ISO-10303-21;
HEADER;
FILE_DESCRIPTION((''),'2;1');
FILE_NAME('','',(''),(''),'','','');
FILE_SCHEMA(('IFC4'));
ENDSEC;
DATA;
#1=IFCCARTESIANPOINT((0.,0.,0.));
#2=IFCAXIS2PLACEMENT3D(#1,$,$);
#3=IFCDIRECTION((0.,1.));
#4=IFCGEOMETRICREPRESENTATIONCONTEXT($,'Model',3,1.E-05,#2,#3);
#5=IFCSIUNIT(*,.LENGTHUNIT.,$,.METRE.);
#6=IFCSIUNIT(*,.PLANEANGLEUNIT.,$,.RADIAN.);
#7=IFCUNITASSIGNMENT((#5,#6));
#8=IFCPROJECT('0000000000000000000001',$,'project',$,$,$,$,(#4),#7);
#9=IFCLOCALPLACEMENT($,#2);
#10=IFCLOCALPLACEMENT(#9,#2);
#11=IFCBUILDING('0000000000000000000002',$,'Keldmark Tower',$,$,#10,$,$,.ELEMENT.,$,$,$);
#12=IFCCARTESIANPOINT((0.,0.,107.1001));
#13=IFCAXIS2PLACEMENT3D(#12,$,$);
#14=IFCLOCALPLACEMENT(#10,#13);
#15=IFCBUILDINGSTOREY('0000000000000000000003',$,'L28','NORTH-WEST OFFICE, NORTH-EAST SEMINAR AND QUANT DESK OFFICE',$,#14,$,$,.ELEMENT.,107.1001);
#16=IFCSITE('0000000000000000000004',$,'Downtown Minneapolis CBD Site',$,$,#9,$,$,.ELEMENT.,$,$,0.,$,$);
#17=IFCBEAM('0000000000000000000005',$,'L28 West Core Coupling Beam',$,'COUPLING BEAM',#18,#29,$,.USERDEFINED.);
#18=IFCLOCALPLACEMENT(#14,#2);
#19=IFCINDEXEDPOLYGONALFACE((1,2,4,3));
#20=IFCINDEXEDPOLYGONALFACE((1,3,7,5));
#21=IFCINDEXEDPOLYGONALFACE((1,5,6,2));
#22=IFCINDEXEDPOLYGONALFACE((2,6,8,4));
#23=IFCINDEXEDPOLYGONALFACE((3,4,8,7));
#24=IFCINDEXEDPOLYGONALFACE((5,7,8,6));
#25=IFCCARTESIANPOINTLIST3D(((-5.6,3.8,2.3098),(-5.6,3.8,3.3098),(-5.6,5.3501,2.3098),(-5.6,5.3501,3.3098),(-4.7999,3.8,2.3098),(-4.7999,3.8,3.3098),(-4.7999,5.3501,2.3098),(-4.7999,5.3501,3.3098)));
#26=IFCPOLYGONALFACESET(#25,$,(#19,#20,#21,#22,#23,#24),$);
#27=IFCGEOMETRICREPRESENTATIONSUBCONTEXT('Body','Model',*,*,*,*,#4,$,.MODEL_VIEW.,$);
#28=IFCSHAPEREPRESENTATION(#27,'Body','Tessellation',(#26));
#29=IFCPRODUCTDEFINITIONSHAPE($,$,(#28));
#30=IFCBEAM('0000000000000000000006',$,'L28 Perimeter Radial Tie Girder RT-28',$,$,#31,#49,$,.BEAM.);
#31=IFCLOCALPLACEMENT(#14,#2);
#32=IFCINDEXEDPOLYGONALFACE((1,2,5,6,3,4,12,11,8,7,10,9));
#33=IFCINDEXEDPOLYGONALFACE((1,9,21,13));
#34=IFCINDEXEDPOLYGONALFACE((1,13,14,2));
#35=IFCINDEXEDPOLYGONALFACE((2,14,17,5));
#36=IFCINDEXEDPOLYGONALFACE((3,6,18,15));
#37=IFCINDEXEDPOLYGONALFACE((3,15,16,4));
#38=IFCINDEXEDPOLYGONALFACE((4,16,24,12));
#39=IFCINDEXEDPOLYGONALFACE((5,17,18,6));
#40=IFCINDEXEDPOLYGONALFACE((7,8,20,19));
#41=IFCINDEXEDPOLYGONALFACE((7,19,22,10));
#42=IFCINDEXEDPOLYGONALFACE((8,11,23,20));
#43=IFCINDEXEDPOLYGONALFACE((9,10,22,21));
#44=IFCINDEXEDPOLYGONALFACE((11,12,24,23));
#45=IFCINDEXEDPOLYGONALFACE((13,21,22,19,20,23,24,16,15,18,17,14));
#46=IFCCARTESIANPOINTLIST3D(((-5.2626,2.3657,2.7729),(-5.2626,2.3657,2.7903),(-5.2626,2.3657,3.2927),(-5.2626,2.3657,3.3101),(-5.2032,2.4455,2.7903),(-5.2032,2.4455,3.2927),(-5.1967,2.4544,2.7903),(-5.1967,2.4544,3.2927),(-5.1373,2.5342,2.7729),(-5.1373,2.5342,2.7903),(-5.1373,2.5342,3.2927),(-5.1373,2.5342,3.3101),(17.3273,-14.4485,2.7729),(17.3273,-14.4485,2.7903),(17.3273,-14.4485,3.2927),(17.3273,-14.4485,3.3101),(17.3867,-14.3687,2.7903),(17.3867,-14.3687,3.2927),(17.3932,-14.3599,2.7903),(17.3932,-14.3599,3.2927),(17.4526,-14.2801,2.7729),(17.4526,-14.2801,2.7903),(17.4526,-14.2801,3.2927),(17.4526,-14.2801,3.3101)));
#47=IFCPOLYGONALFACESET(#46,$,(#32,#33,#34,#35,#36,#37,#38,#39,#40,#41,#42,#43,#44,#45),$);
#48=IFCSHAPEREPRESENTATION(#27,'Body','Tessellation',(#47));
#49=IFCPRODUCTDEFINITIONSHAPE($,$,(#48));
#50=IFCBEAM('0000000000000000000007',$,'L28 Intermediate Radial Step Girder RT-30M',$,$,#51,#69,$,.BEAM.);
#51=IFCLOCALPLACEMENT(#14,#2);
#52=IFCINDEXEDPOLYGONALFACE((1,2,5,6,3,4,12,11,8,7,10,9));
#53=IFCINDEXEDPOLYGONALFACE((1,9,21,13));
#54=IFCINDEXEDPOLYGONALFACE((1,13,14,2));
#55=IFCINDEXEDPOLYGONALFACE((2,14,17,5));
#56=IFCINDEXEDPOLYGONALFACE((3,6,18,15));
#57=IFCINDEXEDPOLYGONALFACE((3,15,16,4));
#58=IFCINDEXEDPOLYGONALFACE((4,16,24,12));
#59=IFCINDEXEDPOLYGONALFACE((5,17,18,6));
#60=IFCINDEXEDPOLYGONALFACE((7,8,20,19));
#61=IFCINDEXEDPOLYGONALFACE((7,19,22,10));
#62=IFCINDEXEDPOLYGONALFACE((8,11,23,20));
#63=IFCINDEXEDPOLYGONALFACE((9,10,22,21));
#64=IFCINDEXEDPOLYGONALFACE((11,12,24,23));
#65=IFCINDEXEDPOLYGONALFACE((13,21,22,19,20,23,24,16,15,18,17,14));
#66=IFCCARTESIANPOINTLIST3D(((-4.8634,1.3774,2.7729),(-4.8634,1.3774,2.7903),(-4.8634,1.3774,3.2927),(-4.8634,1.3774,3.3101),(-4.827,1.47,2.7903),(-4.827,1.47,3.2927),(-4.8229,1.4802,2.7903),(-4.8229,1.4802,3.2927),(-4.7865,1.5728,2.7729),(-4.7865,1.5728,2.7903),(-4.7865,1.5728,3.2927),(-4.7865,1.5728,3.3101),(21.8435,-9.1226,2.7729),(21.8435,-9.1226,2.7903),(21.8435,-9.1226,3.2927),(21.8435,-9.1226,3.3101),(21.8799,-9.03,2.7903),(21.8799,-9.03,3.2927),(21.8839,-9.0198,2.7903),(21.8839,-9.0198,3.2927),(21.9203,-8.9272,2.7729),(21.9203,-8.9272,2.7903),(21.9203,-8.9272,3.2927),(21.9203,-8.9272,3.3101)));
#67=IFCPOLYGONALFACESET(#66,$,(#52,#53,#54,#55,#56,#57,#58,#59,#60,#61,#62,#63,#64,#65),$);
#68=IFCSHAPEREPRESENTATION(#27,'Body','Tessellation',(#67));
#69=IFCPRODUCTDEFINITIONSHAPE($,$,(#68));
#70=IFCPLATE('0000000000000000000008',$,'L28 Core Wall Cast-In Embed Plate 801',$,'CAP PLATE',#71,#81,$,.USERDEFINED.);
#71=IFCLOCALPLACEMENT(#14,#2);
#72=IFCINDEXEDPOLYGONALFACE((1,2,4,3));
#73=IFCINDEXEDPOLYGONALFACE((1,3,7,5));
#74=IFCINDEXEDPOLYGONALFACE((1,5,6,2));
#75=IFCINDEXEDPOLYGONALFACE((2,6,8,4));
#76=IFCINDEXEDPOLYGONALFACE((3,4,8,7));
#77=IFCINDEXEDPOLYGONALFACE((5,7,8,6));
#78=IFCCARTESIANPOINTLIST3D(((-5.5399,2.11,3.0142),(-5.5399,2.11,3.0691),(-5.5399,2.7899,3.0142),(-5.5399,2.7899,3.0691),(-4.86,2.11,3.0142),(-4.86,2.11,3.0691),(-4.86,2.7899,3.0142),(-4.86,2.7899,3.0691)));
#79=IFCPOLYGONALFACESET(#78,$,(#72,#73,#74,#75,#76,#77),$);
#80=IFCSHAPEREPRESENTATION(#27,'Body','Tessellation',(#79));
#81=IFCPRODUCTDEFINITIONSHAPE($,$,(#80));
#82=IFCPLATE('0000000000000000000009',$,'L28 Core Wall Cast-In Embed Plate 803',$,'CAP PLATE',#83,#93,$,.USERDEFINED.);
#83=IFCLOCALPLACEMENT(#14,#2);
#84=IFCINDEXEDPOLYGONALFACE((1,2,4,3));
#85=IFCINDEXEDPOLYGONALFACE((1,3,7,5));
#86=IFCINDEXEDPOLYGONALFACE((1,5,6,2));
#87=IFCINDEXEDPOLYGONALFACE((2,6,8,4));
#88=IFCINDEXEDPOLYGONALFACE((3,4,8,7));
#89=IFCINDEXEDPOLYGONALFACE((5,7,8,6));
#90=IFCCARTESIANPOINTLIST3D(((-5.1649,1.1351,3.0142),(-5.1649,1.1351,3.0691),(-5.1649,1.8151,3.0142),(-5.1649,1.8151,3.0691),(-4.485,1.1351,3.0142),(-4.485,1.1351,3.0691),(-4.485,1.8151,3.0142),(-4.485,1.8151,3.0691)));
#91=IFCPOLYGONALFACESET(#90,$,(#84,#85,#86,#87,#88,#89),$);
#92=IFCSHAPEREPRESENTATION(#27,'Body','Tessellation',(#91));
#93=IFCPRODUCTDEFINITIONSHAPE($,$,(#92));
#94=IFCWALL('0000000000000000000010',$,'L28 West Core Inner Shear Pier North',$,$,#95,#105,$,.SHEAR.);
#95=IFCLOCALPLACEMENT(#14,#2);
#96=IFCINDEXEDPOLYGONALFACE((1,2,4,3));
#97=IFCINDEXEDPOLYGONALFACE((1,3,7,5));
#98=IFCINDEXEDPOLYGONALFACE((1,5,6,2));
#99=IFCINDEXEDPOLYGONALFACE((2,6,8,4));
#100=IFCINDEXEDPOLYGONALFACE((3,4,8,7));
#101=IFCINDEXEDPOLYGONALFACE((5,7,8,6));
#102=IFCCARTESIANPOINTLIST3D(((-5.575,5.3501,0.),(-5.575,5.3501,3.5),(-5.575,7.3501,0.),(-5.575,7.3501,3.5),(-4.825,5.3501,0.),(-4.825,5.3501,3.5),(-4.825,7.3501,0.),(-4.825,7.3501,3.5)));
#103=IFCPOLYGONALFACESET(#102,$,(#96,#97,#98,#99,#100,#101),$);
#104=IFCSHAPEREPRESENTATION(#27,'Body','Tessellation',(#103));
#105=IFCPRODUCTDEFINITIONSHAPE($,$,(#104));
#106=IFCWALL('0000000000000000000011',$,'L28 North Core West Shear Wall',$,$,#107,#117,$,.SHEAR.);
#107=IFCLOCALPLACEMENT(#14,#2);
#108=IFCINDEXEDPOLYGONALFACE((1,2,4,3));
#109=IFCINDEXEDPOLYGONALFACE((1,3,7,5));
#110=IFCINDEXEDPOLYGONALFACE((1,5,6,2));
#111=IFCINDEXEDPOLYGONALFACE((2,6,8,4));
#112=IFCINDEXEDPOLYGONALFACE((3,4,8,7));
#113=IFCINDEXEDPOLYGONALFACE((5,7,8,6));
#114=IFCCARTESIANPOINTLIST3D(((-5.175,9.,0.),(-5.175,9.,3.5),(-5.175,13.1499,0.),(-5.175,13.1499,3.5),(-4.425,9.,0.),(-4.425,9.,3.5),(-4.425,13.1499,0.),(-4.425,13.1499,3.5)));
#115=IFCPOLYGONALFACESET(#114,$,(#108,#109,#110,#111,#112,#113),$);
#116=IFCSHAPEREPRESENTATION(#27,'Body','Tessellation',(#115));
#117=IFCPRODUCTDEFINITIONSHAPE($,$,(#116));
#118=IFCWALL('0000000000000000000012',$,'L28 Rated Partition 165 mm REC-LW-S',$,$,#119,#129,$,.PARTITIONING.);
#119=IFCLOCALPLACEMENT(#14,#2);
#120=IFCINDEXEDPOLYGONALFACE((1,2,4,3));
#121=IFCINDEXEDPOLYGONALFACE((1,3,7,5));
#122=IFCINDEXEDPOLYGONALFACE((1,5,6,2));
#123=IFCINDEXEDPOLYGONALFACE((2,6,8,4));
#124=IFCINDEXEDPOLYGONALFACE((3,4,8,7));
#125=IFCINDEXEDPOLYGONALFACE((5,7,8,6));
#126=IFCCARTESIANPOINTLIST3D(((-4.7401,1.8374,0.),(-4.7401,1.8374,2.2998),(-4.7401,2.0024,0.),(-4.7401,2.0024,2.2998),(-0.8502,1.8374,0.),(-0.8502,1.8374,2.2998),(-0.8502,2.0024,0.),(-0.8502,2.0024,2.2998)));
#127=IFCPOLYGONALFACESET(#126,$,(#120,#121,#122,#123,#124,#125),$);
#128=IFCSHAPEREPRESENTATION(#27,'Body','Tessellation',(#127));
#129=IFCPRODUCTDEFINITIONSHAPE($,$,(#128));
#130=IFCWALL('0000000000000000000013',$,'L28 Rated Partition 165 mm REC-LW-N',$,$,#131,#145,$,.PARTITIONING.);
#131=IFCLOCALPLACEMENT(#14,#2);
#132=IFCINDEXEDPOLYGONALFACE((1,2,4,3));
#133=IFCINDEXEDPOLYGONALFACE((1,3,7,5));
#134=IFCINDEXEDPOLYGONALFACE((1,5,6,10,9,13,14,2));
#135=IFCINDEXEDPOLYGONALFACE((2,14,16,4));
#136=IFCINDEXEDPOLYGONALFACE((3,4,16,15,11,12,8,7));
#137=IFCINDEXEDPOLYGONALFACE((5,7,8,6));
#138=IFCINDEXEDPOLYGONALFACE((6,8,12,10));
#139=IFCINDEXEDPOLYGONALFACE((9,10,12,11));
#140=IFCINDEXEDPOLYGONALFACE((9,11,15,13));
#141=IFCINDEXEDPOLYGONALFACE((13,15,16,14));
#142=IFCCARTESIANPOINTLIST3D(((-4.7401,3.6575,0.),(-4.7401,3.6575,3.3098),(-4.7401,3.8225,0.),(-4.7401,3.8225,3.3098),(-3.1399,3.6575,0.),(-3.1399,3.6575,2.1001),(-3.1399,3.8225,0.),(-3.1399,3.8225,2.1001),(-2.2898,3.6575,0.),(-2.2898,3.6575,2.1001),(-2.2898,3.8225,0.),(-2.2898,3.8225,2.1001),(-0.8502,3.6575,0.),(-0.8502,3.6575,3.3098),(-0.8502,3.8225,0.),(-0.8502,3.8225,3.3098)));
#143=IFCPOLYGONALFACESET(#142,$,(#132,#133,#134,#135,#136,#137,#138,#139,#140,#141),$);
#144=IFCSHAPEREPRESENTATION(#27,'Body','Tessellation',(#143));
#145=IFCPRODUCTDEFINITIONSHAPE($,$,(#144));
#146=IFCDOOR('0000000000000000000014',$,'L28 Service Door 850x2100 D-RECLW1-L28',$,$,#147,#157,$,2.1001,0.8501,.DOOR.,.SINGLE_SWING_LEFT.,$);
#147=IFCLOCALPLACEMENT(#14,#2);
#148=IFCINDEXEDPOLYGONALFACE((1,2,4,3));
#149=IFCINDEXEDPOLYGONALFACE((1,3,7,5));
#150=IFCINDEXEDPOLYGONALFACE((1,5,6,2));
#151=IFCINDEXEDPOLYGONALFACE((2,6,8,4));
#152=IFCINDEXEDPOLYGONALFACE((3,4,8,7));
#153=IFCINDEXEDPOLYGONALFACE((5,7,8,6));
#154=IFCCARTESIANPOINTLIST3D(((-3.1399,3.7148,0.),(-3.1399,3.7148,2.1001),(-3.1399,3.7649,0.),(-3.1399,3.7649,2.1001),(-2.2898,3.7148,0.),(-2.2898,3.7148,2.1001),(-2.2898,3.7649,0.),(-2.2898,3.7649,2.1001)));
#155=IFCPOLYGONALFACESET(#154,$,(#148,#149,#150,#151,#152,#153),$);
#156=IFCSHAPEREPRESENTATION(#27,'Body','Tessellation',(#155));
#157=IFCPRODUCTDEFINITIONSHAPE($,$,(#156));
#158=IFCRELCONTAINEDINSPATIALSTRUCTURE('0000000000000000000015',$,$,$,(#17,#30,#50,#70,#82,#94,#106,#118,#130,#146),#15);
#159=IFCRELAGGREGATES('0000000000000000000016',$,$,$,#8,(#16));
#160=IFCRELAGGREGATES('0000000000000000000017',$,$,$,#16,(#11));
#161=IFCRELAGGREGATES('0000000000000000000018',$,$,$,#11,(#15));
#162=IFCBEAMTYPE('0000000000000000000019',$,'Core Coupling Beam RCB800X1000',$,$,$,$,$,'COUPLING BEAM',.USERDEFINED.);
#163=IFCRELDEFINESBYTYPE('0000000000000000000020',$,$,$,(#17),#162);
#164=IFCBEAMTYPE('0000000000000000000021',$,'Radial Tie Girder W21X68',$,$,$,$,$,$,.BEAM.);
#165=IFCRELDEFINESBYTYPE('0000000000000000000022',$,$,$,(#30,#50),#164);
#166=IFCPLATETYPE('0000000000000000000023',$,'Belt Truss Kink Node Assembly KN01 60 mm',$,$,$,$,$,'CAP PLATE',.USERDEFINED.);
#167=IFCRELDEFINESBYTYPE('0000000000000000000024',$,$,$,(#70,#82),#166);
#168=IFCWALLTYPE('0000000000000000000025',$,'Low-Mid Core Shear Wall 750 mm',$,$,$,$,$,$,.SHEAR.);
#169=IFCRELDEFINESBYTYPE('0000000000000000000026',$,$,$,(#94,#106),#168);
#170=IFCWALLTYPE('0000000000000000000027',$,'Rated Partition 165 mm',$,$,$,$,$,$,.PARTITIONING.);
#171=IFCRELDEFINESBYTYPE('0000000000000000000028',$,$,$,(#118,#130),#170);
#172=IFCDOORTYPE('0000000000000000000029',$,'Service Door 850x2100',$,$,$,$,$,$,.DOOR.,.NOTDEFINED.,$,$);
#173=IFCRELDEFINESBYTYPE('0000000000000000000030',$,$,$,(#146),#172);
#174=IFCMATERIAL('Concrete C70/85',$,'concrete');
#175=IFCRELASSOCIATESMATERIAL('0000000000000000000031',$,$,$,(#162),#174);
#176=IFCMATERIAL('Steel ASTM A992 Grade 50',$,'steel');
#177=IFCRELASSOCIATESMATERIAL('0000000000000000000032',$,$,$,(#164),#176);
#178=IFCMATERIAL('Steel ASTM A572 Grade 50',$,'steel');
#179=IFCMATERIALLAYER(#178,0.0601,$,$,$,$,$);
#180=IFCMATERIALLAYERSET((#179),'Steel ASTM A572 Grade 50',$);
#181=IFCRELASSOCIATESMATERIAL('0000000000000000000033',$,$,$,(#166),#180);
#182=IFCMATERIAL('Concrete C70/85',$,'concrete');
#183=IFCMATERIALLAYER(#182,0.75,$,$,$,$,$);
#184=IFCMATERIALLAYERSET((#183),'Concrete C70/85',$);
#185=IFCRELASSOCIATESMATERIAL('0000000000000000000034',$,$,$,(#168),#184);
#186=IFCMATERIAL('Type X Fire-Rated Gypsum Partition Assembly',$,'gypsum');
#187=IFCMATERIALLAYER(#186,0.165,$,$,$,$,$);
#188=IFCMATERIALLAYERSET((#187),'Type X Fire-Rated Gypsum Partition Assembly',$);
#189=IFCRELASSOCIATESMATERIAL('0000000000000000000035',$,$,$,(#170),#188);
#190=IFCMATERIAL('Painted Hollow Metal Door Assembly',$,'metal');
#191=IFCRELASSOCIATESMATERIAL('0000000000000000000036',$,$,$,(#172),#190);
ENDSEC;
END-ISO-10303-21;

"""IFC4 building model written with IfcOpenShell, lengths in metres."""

from ifc_helpers import new_model, si_unit, direction, frame, frame_2d, origin, origin_2d, place, context, subcontext, project, spatial, rectangle, i_section, extrude, material, layer, layer_set, material_profile, profile_set, type_object, element, fill, save


model = new_model("IFC4")

# Units and contexts
model_context = context("Model", 3, precision=1e-05, world=origin(), true_north=direction((0.0, 1.0)))
body_context = subcontext(model_context, "Body", "Model", "MODEL_VIEW")
ifc_project = project(units=[si_unit("LENGTHUNIT", "METRE"), si_unit("PLANEANGLEUNIT", "RADIAN")], contexts=[model_context])

# Site, building, storey
site_placement = place(None, origin())
site = spatial("IfcSite", under=ifc_project, at=site_placement, Name="Downtown Minneapolis CBD Site", CompositionType="ELEMENT", RefElevation=0.0)
building_placement = place(site_placement, origin())
building = spatial("IfcBuilding", under=site, at=building_placement, Name="Keldmark Tower", CompositionType="ELEMENT")
storey_placement = place(building_placement, frame((0.0, 0.0, 107.1001)))
storey = spatial("IfcBuildingStorey", under=building, at=storey_placement, Name="L28", Description="NORTH-WEST OFFICE, NORTH-EAST SEMINAR AND QUANT DESK OFFICE", CompositionType="ELEMENT", Elevation=107.1001)

# Beams
ifc_material_1 = material(Name="Concrete C70/85", Category="concrete")
ifc_material_profile_1 = material_profile(ifc_material_1, rectangle(XDim=0.8, YDim=1.0, at=origin_2d()), Name="RCB800X1000")
ifc_profile_set_1 = profile_set([ifc_material_profile_1], Name="Concrete C70/85")
beam_type_1 = type_object("IfcBeamType", Name="Core Coupling Beam RCB800X1000", ElementType="COUPLING BEAM", PredefinedType="USERDEFINED", material=ifc_profile_set_1)
beam_1_placement = place(storey_placement, frame((-5.2, 3.8, 2.8098), z_axis=(0.0, 1.0, 0.0), x_axis=(-1.0, 0.0, 0.0)))
element("IfcBeam", 1, at=beam_1_placement, inside=storey, type_object=beam_type_1, Name="L28 West Core Coupling Beam", ObjectType="COUPLING BEAM", PredefinedType="USERDEFINED", context=body_context, shape_type="SweptSolid", body=[
    extrude(rectangle(XDim=0.8, YDim=1.0, at=origin_2d()), origin(), (0.0, 0.0, 1.0), 1.55),
])
ifc_material_2 = material(Name="Steel ASTM A992 Grade 50", Category="steel")
ifc_material_profile_2 = material_profile(ifc_material_2, i_section(OverallWidth=0.21, OverallDepth=0.5371, WebThickness=0.011, FlangeThickness=0.0173, at=origin_2d()), Name="W21X68")
ifc_profile_set_2 = profile_set([ifc_material_profile_2], Name="Steel ASTM A992 Grade 50")
beam_type_2 = type_object("IfcBeamType", Name="Radial Tie Girder W21X68", PredefinedType="BEAM", material=ifc_profile_set_2)
beam_2_placement = place(storey_placement, frame((-5.2, 2.45, 3.0415), z_axis=(0.802179, -0.597083, 0.0), x_axis=(0.597083, 0.802179, 0.0)))
element("IfcBeam", 2, at=beam_2_placement, inside=storey, type_object=beam_type_2, Name="L28 Perimeter Radial Tie Girder RT-28", PredefinedType="BEAM", context=body_context, shape_type="SweptSolid", body=[
    extrude(i_section(OverallWidth=0.21, OverallDepth=0.5371, WebThickness=0.011, FlangeThickness=0.0173, at=origin_2d()), origin(), (0.0, 0.0, 1.0), 28.1606),
])
beam_3_placement = place(storey_placement, frame((-4.825, 1.4751, 3.0415), z_axis=(0.930656, -0.365895, 0.0), x_axis=(0.365895, 0.930656, 0.0)))
element("IfcBeam", 3, at=beam_3_placement, inside=storey, type_object=beam_type_2, Name="L28 Intermediate Radial Step Girder RT-30M", PredefinedType="BEAM", context=body_context, shape_type="SweptSolid", body=[
    extrude(i_section(OverallWidth=0.21, OverallDepth=0.5371, WebThickness=0.011, FlangeThickness=0.0173, at=origin_2d()), origin(), (0.0, 0.0, 1.0), 28.6968),
])

# Plates
ifc_material_3 = material(Name="Steel ASTM A572 Grade 50", Category="steel")
ifc_layer_1 = layer(ifc_material_3, 0.0601)
ifc_layer_set_1 = layer_set([ifc_layer_1], Name="Steel ASTM A572 Grade 50")
plate_type = type_object("IfcPlateType", Name="Belt Truss Kink Node Assembly KN01 60 mm", ElementType="CAP PLATE", PredefinedType="USERDEFINED", material=ifc_layer_set_1)
for number, where, z_axis, x_axis, name in (
    (4, (-5.2, 2.45, 3.0142), (0.0, 0.0, 1.0), (1.0, 0.0, 0.0), "L28 Core Wall Cast-In Embed Plate 801"),
    (5, (-4.825, 1.4751, 3.0142), (0.0, 0.0, 1.0), (1.0, 0.0, 0.0), "L28 Core Wall Cast-In Embed Plate 803"),
):
    element("IfcPlate", number, at=place(storey_placement, frame(where, z_axis=z_axis, x_axis=x_axis)), inside=storey, type_object=plate_type, Name=name, ObjectType="CAP PLATE", PredefinedType="USERDEFINED", context=body_context, shape_type="SweptSolid", body=[
        extrude(rectangle(XDim=0.6799, YDim=0.6799, at=origin_2d()), origin(), (0.0, 0.0, 1.0), 0.0549),
    ])

# Shared definitions
ifc_material_4 = material(Name="Concrete C70/85", Category="concrete")
ifc_layer_2 = layer(ifc_material_4, 0.75)
ifc_layer_set_2 = layer_set([ifc_layer_2], Name="Concrete C70/85")
wall_type_1 = type_object("IfcWallType", Name="Low-Mid Core Shear Wall 750 mm", PredefinedType="SHEAR", material=ifc_layer_set_2)

# Walls
wall_1_placement = place(storey_placement, frame((-5.2, 5.3501, 0.0), z_axis=(0.0, 0.0, 1.0), x_axis=(0.0, 1.0, 0.0)))
element("IfcWall", 6, at=wall_1_placement, inside=storey, type_object=wall_type_1, Name="L28 West Core Inner Shear Pier North", PredefinedType="SHEAR", context=body_context, shape_type="SweptSolid", body=[
    extrude(rectangle(XDim=2.0, YDim=0.75, at=frame_2d((1.0, 0.0))), origin(), (0.0, 0.0, 1.0), 3.5),
])
wall_2_placement = place(storey_placement, frame((-4.8, 9.0, 0.0), z_axis=(0.0, 0.0, 1.0), x_axis=(0.0, 1.0, 0.0)))
element("IfcWall", 7, at=wall_2_placement, inside=storey, type_object=wall_type_1, Name="L28 North Core West Shear Wall", PredefinedType="SHEAR", context=body_context, shape_type="SweptSolid", body=[
    extrude(rectangle(XDim=4.1499, YDim=0.75, at=frame_2d((2.075, 0.0))), origin(), (0.0, 0.0, 1.0), 3.5),
])
ifc_material_5 = material(Name="Type X Fire-Rated Gypsum Partition Assembly", Category="gypsum")
ifc_layer_3 = layer(ifc_material_5, 0.165)
ifc_layer_set_3 = layer_set([ifc_layer_3], Name="Type X Fire-Rated Gypsum Partition Assembly")
wall_type_2 = type_object("IfcWallType", Name="Rated Partition 165 mm", PredefinedType="PARTITIONING", material=ifc_layer_set_3)
wall_3_placement = place(storey_placement, frame((-4.74, 1.9199, 0.0), z_axis=(0.0, 0.0, 1.0), x_axis=(1.0, 0.0, 0.0)))
element("IfcWall", 8, at=wall_3_placement, inside=storey, type_object=wall_type_2, Name="L28 Rated Partition 165 mm REC-LW-S", PredefinedType="PARTITIONING", context=body_context, shape_type="SweptSolid", body=[
    extrude(rectangle(XDim=3.8899, YDim=0.165, at=frame_2d((1.9448, 0.0))), origin(), (0.0, 0.0, 1.0), 2.2998),
])

# Wall, opening, door
wall_4_placement = place(storey_placement, frame((-4.74, 3.74, 0.0), z_axis=(0.0, 0.0, 1.0), x_axis=(1.0, 0.0, 0.0)))
wall_4 = element("IfcWall", 9, at=wall_4_placement, inside=storey, type_object=wall_type_2, Name="L28 Rated Partition 165 mm REC-LW-N", PredefinedType="PARTITIONING", context=body_context, shape_type="SweptSolid", body=[
    extrude(rectangle(XDim=3.8899, YDim=0.165, at=frame_2d((1.9448, 0.0))), origin(), (0.0, 0.0, 1.0), 3.3098),
])
opening_1_placement = place(wall_4_placement, frame((1.6001, 0.0, 0.0)))
opening_1 = element("IfcOpeningElement", 10, at=opening_1_placement, cuts=wall_4, PredefinedType="OPENING", context=body_context, shape_type="SweptSolid", body=[
    extrude(rectangle(XDim=0.8501, YDim=2.1001, at=frame_2d((0.425, 1.05))), frame((0.0, 0.0925, 0.0), z_axis=(0.0, -1.0, 0.0), x_axis=(1.0, 0.0, 0.0)), (0.0, 0.0, 1.0), 0.1851),
])
ifc_material_6 = material(Name="Painted Hollow Metal Door Assembly", Category="metal")
door_type_1 = type_object("IfcDoorType", Name="Service Door 850x2100", OperationType="NOTDEFINED", PredefinedType="DOOR", material=ifc_material_6)
door_1_placement = place(opening_1_placement, origin())
door_1 = element("IfcDoor", 11, at=door_1_placement, inside=storey, type_object=door_type_1, Name="L28 Service Door 850x2100 D-RECLW1-L28", OperationType="SINGLE_SWING_LEFT", OverallHeight=2.1001, OverallWidth=0.8501, PredefinedType="DOOR", context=body_context, shape_type="SweptSolid", body=[
    extrude(rectangle(XDim=0.8501, YDim=2.1001, at=frame_2d((0.425, 1.05))), frame((0.0, 0.0249, 0.0), z_axis=(0.0, -1.0, 0.0), x_axis=(1.0, 0.0, 0.0)), (0.0, 0.0, 1.0), 0.05),
])
fill(opening_1, door_1)

save(model, "model.ifc")
